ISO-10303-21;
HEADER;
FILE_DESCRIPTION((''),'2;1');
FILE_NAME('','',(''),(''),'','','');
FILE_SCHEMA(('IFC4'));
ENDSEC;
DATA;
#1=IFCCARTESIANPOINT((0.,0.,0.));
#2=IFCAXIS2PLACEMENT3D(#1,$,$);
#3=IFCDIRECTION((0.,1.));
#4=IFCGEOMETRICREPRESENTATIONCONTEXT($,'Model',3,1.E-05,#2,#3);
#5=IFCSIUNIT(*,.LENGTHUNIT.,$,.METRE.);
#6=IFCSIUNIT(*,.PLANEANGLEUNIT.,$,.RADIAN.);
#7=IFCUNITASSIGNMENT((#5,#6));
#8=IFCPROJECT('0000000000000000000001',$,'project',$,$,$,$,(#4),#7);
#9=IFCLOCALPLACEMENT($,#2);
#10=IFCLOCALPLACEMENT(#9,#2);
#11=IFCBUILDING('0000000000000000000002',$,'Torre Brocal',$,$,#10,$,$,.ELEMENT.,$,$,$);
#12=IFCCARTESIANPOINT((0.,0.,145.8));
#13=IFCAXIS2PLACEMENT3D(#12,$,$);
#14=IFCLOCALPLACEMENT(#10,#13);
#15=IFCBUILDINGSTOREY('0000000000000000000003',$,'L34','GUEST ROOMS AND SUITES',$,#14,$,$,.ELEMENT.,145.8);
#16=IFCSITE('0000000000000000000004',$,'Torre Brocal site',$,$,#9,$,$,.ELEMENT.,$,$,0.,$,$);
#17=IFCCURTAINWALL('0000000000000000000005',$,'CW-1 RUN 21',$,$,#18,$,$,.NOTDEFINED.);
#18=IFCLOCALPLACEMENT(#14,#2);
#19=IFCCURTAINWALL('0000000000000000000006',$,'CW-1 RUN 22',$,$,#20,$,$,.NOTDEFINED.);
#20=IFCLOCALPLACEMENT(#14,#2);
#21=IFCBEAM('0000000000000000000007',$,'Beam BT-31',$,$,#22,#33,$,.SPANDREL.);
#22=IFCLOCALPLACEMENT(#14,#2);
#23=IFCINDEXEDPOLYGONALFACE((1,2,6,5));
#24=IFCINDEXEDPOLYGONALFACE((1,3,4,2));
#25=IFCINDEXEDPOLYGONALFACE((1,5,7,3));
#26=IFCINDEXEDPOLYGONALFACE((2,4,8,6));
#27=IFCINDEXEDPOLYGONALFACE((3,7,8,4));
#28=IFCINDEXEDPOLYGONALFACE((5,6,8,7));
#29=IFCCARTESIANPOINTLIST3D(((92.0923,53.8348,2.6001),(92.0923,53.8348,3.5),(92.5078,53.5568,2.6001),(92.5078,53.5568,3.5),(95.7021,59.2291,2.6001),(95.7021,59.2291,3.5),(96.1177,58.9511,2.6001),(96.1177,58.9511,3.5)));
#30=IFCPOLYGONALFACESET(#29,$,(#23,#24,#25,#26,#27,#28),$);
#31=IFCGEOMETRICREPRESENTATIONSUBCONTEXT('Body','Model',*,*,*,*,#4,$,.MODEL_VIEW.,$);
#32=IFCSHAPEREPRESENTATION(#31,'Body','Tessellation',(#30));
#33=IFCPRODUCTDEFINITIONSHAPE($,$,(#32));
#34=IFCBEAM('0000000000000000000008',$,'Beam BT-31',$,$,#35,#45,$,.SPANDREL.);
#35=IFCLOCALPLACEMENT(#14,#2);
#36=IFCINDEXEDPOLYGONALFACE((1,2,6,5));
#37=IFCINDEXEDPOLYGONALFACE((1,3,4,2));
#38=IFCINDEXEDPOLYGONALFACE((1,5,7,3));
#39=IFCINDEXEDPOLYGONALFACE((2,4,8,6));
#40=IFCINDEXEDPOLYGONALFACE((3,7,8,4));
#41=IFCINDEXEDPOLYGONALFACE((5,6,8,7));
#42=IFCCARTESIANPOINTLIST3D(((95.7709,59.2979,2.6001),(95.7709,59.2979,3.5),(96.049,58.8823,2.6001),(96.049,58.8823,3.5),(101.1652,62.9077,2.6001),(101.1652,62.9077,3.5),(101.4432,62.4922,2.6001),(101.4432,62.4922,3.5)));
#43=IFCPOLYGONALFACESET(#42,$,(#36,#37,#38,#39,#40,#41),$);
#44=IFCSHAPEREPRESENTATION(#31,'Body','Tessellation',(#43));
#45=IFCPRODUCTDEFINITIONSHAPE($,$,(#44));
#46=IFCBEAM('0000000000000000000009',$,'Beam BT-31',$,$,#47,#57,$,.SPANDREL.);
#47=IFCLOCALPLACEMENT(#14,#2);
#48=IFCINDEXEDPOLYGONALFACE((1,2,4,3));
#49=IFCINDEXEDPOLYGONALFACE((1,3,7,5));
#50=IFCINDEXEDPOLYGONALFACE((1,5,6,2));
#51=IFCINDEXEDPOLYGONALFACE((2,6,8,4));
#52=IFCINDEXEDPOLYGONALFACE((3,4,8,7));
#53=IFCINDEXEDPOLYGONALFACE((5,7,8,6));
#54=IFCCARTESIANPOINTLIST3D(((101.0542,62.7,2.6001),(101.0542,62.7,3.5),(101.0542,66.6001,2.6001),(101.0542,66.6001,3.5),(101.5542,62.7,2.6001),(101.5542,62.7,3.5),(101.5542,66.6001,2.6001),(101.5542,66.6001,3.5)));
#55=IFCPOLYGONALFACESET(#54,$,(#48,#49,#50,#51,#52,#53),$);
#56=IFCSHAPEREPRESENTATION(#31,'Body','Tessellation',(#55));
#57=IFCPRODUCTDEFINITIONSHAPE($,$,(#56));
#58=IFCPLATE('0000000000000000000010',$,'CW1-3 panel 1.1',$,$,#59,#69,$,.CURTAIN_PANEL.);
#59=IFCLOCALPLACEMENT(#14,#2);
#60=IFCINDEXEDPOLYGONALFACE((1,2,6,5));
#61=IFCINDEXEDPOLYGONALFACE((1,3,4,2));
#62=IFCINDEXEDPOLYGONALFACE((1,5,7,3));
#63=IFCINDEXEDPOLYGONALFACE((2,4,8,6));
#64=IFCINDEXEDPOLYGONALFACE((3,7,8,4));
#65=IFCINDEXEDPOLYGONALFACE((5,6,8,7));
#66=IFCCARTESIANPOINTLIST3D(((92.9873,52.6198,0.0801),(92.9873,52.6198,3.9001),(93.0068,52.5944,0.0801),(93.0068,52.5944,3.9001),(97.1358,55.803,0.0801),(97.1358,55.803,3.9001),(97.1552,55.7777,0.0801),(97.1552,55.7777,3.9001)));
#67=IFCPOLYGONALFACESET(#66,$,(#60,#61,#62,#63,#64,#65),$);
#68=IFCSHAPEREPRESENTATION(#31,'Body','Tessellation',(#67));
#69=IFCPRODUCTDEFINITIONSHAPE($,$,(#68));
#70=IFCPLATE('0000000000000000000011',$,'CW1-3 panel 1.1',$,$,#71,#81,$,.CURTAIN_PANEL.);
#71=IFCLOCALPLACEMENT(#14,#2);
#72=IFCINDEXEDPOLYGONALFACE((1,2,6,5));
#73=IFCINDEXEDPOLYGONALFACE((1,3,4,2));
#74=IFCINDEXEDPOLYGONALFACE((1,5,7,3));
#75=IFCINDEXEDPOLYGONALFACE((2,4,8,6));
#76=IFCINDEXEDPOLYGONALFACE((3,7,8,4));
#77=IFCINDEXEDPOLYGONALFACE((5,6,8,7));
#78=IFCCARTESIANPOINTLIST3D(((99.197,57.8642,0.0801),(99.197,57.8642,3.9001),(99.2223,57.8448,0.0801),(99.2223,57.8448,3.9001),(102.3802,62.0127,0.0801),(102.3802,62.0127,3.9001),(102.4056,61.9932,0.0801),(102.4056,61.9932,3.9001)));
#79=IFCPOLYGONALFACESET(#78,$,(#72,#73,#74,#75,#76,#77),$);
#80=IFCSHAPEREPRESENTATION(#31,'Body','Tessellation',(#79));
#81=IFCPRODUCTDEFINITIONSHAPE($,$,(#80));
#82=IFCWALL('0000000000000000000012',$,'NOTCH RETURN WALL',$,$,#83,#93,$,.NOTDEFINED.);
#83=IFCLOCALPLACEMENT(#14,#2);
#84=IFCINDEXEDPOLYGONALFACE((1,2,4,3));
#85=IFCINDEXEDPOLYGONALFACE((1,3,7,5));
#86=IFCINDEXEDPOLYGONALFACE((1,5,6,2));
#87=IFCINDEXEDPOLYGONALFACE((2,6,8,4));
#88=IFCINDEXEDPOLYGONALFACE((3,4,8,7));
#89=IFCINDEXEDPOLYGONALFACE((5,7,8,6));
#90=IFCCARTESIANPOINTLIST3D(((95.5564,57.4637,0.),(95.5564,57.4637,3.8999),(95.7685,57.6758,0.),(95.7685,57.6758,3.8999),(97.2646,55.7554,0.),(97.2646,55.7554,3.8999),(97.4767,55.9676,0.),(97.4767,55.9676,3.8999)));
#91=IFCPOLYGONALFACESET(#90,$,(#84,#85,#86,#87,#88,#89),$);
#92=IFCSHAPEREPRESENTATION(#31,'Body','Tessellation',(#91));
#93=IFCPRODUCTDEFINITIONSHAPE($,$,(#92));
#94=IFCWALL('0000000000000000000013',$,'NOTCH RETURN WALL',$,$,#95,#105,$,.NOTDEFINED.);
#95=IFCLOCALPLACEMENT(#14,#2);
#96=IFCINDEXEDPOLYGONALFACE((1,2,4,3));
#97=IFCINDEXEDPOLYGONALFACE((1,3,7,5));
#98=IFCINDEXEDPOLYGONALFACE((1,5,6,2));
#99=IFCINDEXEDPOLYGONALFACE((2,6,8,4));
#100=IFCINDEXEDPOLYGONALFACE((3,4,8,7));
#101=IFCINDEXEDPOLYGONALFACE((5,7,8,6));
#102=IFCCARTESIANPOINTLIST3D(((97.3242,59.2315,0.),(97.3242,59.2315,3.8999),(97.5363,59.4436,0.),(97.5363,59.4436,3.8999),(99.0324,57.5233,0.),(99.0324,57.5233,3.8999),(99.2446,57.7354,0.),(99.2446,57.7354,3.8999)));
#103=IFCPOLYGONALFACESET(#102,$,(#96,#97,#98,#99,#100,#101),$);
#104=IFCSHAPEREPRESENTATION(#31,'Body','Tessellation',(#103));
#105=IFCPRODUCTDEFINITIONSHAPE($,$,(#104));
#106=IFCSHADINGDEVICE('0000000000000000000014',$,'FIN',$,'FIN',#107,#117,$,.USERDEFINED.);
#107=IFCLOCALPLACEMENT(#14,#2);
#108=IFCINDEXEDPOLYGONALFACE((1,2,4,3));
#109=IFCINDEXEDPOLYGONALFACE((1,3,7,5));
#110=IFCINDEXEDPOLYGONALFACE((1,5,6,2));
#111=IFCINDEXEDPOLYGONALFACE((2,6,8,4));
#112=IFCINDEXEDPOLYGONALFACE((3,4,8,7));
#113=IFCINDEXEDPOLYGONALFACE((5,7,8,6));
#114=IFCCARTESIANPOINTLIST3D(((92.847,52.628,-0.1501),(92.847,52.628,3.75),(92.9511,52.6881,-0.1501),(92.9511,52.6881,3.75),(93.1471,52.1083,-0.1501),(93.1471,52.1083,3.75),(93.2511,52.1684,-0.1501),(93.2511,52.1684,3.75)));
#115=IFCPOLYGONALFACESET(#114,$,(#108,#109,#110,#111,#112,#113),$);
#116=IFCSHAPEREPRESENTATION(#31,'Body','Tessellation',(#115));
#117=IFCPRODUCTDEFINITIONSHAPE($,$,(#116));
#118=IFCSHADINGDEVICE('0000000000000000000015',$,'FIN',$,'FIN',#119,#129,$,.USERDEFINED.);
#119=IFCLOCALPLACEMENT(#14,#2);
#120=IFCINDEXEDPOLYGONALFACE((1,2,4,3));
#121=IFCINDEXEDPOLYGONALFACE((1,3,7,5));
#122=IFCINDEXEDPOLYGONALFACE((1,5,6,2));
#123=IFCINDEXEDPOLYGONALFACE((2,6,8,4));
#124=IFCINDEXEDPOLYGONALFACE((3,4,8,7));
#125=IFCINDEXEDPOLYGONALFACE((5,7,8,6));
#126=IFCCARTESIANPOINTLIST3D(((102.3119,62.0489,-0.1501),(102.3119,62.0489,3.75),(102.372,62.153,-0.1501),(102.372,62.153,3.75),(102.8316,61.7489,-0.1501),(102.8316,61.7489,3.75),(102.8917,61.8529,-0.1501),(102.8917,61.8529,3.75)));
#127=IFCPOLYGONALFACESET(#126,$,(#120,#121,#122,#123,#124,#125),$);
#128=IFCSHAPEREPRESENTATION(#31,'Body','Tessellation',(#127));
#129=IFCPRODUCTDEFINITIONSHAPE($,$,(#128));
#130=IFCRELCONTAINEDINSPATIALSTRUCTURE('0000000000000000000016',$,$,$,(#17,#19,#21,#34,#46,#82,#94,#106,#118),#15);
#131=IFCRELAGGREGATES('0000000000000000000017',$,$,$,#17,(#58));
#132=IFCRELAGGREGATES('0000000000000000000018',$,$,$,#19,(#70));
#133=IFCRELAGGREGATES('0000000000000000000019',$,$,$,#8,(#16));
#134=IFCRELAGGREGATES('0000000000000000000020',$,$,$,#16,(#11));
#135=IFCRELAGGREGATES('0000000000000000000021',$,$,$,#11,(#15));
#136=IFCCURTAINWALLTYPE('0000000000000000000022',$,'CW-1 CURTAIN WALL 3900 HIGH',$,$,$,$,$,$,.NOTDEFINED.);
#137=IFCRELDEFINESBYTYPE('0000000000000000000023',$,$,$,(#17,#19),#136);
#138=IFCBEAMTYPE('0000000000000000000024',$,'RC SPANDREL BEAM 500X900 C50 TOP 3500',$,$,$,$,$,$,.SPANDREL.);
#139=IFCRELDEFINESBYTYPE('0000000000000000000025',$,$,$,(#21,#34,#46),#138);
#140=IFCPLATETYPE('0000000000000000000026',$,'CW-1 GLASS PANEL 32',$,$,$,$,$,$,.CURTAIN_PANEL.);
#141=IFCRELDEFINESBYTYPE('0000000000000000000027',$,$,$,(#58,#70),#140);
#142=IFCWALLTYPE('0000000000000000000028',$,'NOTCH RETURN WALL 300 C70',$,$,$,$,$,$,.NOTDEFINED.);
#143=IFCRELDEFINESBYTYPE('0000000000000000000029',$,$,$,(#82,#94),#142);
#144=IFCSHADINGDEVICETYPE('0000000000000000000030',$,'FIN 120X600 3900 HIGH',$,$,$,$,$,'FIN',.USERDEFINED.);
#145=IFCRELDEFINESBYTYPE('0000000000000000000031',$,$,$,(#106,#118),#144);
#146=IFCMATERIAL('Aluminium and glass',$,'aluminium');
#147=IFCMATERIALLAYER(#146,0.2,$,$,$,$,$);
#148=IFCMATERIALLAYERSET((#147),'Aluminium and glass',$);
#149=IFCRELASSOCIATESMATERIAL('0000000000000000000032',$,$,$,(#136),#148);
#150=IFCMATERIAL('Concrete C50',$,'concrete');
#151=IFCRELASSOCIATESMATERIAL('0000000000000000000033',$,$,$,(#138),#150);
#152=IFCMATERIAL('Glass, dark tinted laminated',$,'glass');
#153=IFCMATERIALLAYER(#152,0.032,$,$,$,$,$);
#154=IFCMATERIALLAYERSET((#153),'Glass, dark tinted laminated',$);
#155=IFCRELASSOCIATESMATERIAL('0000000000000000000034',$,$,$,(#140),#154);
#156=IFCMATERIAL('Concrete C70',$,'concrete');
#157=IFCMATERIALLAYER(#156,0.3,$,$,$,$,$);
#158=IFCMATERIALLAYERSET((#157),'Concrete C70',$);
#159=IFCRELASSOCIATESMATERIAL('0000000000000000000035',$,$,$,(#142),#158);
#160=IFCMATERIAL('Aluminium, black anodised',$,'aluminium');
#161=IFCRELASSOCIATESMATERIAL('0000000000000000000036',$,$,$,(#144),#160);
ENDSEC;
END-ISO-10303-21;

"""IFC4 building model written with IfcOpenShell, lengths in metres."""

from ifc_helpers import new_model, si_unit, direction, frame, frame_2d, origin, origin_2d, place, context, subcontext, project, spatial, rectangle, extrude, material, layer, layer_set, material_profile, profile_set, type_object, element, aggregate, save


model = new_model("IFC4")

# Units and contexts
model_context = context("Model", 3, precision=1e-05, world=origin(), true_north=direction((0.0, 1.0)))
body_context = subcontext(model_context, "Body", "Model", "MODEL_VIEW")
ifc_project = project(units=[si_unit("LENGTHUNIT", "METRE"), si_unit("PLANEANGLEUNIT", "RADIAN")], contexts=[model_context])

# Site, building, storey
site_placement = place(None, origin())
site = spatial("IfcSite", under=ifc_project, at=site_placement, Name="Torre Brocal site", CompositionType="ELEMENT", RefElevation=0.0)
building_placement = place(site_placement, origin())
building = spatial("IfcBuilding", under=site, at=building_placement, Name="Torre Brocal", CompositionType="ELEMENT")
storey_placement = place(building_placement, frame((0.0, 0.0, 145.8)))
storey = spatial("IfcBuildingStorey", under=building, at=storey_placement, Name="L34", Description="GUEST ROOMS AND SUITES", CompositionType="ELEMENT", Elevation=145.8)

# Shared definitions
ifc_material_1 = material(Name="Aluminium and glass", Category="aluminium")
ifc_layer_1 = layer(ifc_material_1, 0.2)
ifc_layer_set_1 = layer_set([ifc_layer_1], Name="Aluminium and glass")
curtain_wall_type = type_object("IfcCurtainWallType", Name="CW-1 CURTAIN WALL 3900 HIGH", PredefinedType="NOTDEFINED", material=ifc_layer_set_1)

# Curtain walls
curtain_wall_1_placement = place(storey_placement, origin())
curtain_wall_1 = element("IfcCurtainWall", 1, at=curtain_wall_1_placement, inside=storey, type_object=curtain_wall_type, Name="CW-1 RUN 21", PredefinedType="NOTDEFINED")
curtain_wall_2_placement = place(storey_placement, origin())
curtain_wall_2 = element("IfcCurtainWall", 2, at=curtain_wall_2_placement, inside=storey, type_object=curtain_wall_type, Name="CW-1 RUN 22", PredefinedType="NOTDEFINED")

# Beams
ifc_material_2 = material(Name="Concrete C50", Category="concrete")
ifc_material_profile_1 = material_profile(ifc_material_2, rectangle(XDim=0.5, YDim=0.8999, at=origin_2d()), Name="RC 500X900")
ifc_profile_set_1 = profile_set([ifc_material_profile_1], Name="Concrete C50")
beam_type_1 = type_object("IfcBeamType", Name="RC SPANDREL BEAM 500X900 C50 TOP 3500", PredefinedType="SPANDREL", material=ifc_profile_set_1)
for number, where, z_axis, x_axis, name in (
    (3, (92.3, 53.6958, 3.05), (0.556158, 0.831077, 0.0), (-0.831077, 0.556158, 0.0), "Beam BT-31"),
    (4, (95.9099, 59.0901, 3.05), (0.831077, 0.556158, 0.0), (-0.556158, 0.831077, 0.0), "Beam BT-31"),
):
    element("IfcBeam", number, at=place(storey_placement, frame(where, z_axis=z_axis, x_axis=x_axis)), inside=storey, type_object=beam_type_1, Name=name, PredefinedType="SPANDREL", context=body_context, shape_type="SweptSolid", body=[
        extrude(rectangle(XDim=0.5, YDim=0.8999, at=origin_2d()), origin(), (0.0, 0.0, 1.0), 6.4907),
    ])
beam_1_placement = place(storey_placement, frame((101.3042, 62.7, 3.05), z_axis=(0.0, 1.0, 0.0), x_axis=(-1.0, 0.0, 0.0)))
element("IfcBeam", 5, at=beam_1_placement, inside=storey, type_object=beam_type_1, Name="Beam BT-31", PredefinedType="SPANDREL", context=body_context, shape_type="SweptSolid", body=[
    extrude(rectangle(XDim=0.5, YDim=0.8999, at=origin_2d()), origin(), (0.0, 0.0, 1.0), 3.9001),
])

# Plates
ifc_material_3 = material(Name="Glass, dark tinted laminated", Category="glass")
ifc_layer_2 = layer(ifc_material_3, 0.032)
ifc_layer_set_2 = layer_set([ifc_layer_2], Name="Glass, dark tinted laminated")
plate_type = type_object("IfcPlateType", Name="CW-1 GLASS PANEL 32", PredefinedType="CURTAIN_PANEL", material=ifc_layer_set_2)
plate_1_placement = place(storey_placement, frame((95.0713, 54.1987, 0.0801), z_axis=(0.0, 0.0, 1.0), x_axis=(0.793353, 0.608761, 0.0)))
plate_1 = element("IfcPlate", 6, at=plate_1_placement, type_object=plate_type, Name="CW1-3 panel 1.1", PredefinedType="CURTAIN_PANEL", context=body_context, shape_type="SweptSolid", body=[
    extrude(rectangle(XDim=5.229, YDim=0.032, at=origin_2d()), origin(), (0.0, 0.0, 1.0), 3.8201),
])
aggregate(curtain_wall_1, [plate_1])
plate_2_placement = place(storey_placement, frame((100.8013, 59.9287, 0.0801), z_axis=(0.0, 0.0, 1.0), x_axis=(0.608761, 0.793353, 0.0)))
plate_2 = element("IfcPlate", 7, at=plate_2_placement, type_object=plate_type, Name="CW1-3 panel 1.1", PredefinedType="CURTAIN_PANEL", context=body_context, shape_type="SweptSolid", body=[
    extrude(rectangle(XDim=5.229, YDim=0.032, at=origin_2d()), origin(), (0.0, 0.0, 1.0), 3.8201),
])
aggregate(curtain_wall_2, [plate_2])

# Walls
ifc_material_4 = material(Name="Concrete C70", Category="concrete")
ifc_layer_3 = layer(ifc_material_4, 0.3)
ifc_layer_set_3 = layer_set([ifc_layer_3], Name="Concrete C70")
wall_type = type_object("IfcWallType", Name="NOTCH RETURN WALL 300 C70", PredefinedType="NOTDEFINED", material=ifc_layer_set_3)
for number, where, z_axis, x_axis, name in (
    (8, (95.6624, 57.5698, 0.0), (0.0, 0.0, 1.0), (0.707107, -0.707107, 0.0), "NOTCH RETURN WALL"),
    (9, (97.4302, 59.3376, 0.0), (0.0, 0.0, 1.0), (0.707107, -0.707107, 0.0), "NOTCH RETURN WALL"),
):
    element("IfcWall", number, at=place(storey_placement, frame(where, z_axis=z_axis, x_axis=x_axis)), inside=storey, type_object=wall_type, Name=name, PredefinedType="NOTDEFINED", context=body_context, shape_type="SweptSolid", body=[
        extrude(rectangle(XDim=2.4158, YDim=0.3, at=frame_2d((1.208, 0.0))), origin(), (0.0, 0.0, 1.0), 3.8999),
    ])

# Shading devices
ifc_material_5 = material(Name="Aluminium, black anodised", Category="aluminium")
ifc_material_profile_2 = material_profile(ifc_material_5, rectangle(XDim=0.1201, YDim=0.6001, at=origin_2d()), Name="FIN 120X600 3900 HIGH")
ifc_profile_set_2 = profile_set([ifc_material_profile_2], Name="Aluminium, black anodised")
shading_device_type = type_object("IfcShadingDeviceType", Name="FIN 120X600 3900 HIGH", ElementType="FIN", PredefinedType="USERDEFINED", material=ifc_profile_set_2)
for number, where, z_axis, x_axis, name in (
    (10, (93.0491, 52.3982, -0.1501), (0.0, 0.0, 1.0), (0.866025, 0.5, 0.0), "FIN"),
    (11, (102.6018, 61.9509, -0.1501), (0.0, 0.0, 1.0), (0.5, 0.866025, 0.0), "FIN"),
):
    element("IfcShadingDevice", number, at=place(storey_placement, frame(where, z_axis=z_axis, x_axis=x_axis)), inside=storey, type_object=shading_device_type, Name=name, ObjectType="FIN", PredefinedType="USERDEFINED", context=body_context, shape_type="SweptSolid", body=[
        extrude(rectangle(XDim=0.1201, YDim=0.6001, at=origin_2d()), origin(), (0.0, 0.0, 1.0), 3.9001),
    ])

save(model, "model.ifc")
